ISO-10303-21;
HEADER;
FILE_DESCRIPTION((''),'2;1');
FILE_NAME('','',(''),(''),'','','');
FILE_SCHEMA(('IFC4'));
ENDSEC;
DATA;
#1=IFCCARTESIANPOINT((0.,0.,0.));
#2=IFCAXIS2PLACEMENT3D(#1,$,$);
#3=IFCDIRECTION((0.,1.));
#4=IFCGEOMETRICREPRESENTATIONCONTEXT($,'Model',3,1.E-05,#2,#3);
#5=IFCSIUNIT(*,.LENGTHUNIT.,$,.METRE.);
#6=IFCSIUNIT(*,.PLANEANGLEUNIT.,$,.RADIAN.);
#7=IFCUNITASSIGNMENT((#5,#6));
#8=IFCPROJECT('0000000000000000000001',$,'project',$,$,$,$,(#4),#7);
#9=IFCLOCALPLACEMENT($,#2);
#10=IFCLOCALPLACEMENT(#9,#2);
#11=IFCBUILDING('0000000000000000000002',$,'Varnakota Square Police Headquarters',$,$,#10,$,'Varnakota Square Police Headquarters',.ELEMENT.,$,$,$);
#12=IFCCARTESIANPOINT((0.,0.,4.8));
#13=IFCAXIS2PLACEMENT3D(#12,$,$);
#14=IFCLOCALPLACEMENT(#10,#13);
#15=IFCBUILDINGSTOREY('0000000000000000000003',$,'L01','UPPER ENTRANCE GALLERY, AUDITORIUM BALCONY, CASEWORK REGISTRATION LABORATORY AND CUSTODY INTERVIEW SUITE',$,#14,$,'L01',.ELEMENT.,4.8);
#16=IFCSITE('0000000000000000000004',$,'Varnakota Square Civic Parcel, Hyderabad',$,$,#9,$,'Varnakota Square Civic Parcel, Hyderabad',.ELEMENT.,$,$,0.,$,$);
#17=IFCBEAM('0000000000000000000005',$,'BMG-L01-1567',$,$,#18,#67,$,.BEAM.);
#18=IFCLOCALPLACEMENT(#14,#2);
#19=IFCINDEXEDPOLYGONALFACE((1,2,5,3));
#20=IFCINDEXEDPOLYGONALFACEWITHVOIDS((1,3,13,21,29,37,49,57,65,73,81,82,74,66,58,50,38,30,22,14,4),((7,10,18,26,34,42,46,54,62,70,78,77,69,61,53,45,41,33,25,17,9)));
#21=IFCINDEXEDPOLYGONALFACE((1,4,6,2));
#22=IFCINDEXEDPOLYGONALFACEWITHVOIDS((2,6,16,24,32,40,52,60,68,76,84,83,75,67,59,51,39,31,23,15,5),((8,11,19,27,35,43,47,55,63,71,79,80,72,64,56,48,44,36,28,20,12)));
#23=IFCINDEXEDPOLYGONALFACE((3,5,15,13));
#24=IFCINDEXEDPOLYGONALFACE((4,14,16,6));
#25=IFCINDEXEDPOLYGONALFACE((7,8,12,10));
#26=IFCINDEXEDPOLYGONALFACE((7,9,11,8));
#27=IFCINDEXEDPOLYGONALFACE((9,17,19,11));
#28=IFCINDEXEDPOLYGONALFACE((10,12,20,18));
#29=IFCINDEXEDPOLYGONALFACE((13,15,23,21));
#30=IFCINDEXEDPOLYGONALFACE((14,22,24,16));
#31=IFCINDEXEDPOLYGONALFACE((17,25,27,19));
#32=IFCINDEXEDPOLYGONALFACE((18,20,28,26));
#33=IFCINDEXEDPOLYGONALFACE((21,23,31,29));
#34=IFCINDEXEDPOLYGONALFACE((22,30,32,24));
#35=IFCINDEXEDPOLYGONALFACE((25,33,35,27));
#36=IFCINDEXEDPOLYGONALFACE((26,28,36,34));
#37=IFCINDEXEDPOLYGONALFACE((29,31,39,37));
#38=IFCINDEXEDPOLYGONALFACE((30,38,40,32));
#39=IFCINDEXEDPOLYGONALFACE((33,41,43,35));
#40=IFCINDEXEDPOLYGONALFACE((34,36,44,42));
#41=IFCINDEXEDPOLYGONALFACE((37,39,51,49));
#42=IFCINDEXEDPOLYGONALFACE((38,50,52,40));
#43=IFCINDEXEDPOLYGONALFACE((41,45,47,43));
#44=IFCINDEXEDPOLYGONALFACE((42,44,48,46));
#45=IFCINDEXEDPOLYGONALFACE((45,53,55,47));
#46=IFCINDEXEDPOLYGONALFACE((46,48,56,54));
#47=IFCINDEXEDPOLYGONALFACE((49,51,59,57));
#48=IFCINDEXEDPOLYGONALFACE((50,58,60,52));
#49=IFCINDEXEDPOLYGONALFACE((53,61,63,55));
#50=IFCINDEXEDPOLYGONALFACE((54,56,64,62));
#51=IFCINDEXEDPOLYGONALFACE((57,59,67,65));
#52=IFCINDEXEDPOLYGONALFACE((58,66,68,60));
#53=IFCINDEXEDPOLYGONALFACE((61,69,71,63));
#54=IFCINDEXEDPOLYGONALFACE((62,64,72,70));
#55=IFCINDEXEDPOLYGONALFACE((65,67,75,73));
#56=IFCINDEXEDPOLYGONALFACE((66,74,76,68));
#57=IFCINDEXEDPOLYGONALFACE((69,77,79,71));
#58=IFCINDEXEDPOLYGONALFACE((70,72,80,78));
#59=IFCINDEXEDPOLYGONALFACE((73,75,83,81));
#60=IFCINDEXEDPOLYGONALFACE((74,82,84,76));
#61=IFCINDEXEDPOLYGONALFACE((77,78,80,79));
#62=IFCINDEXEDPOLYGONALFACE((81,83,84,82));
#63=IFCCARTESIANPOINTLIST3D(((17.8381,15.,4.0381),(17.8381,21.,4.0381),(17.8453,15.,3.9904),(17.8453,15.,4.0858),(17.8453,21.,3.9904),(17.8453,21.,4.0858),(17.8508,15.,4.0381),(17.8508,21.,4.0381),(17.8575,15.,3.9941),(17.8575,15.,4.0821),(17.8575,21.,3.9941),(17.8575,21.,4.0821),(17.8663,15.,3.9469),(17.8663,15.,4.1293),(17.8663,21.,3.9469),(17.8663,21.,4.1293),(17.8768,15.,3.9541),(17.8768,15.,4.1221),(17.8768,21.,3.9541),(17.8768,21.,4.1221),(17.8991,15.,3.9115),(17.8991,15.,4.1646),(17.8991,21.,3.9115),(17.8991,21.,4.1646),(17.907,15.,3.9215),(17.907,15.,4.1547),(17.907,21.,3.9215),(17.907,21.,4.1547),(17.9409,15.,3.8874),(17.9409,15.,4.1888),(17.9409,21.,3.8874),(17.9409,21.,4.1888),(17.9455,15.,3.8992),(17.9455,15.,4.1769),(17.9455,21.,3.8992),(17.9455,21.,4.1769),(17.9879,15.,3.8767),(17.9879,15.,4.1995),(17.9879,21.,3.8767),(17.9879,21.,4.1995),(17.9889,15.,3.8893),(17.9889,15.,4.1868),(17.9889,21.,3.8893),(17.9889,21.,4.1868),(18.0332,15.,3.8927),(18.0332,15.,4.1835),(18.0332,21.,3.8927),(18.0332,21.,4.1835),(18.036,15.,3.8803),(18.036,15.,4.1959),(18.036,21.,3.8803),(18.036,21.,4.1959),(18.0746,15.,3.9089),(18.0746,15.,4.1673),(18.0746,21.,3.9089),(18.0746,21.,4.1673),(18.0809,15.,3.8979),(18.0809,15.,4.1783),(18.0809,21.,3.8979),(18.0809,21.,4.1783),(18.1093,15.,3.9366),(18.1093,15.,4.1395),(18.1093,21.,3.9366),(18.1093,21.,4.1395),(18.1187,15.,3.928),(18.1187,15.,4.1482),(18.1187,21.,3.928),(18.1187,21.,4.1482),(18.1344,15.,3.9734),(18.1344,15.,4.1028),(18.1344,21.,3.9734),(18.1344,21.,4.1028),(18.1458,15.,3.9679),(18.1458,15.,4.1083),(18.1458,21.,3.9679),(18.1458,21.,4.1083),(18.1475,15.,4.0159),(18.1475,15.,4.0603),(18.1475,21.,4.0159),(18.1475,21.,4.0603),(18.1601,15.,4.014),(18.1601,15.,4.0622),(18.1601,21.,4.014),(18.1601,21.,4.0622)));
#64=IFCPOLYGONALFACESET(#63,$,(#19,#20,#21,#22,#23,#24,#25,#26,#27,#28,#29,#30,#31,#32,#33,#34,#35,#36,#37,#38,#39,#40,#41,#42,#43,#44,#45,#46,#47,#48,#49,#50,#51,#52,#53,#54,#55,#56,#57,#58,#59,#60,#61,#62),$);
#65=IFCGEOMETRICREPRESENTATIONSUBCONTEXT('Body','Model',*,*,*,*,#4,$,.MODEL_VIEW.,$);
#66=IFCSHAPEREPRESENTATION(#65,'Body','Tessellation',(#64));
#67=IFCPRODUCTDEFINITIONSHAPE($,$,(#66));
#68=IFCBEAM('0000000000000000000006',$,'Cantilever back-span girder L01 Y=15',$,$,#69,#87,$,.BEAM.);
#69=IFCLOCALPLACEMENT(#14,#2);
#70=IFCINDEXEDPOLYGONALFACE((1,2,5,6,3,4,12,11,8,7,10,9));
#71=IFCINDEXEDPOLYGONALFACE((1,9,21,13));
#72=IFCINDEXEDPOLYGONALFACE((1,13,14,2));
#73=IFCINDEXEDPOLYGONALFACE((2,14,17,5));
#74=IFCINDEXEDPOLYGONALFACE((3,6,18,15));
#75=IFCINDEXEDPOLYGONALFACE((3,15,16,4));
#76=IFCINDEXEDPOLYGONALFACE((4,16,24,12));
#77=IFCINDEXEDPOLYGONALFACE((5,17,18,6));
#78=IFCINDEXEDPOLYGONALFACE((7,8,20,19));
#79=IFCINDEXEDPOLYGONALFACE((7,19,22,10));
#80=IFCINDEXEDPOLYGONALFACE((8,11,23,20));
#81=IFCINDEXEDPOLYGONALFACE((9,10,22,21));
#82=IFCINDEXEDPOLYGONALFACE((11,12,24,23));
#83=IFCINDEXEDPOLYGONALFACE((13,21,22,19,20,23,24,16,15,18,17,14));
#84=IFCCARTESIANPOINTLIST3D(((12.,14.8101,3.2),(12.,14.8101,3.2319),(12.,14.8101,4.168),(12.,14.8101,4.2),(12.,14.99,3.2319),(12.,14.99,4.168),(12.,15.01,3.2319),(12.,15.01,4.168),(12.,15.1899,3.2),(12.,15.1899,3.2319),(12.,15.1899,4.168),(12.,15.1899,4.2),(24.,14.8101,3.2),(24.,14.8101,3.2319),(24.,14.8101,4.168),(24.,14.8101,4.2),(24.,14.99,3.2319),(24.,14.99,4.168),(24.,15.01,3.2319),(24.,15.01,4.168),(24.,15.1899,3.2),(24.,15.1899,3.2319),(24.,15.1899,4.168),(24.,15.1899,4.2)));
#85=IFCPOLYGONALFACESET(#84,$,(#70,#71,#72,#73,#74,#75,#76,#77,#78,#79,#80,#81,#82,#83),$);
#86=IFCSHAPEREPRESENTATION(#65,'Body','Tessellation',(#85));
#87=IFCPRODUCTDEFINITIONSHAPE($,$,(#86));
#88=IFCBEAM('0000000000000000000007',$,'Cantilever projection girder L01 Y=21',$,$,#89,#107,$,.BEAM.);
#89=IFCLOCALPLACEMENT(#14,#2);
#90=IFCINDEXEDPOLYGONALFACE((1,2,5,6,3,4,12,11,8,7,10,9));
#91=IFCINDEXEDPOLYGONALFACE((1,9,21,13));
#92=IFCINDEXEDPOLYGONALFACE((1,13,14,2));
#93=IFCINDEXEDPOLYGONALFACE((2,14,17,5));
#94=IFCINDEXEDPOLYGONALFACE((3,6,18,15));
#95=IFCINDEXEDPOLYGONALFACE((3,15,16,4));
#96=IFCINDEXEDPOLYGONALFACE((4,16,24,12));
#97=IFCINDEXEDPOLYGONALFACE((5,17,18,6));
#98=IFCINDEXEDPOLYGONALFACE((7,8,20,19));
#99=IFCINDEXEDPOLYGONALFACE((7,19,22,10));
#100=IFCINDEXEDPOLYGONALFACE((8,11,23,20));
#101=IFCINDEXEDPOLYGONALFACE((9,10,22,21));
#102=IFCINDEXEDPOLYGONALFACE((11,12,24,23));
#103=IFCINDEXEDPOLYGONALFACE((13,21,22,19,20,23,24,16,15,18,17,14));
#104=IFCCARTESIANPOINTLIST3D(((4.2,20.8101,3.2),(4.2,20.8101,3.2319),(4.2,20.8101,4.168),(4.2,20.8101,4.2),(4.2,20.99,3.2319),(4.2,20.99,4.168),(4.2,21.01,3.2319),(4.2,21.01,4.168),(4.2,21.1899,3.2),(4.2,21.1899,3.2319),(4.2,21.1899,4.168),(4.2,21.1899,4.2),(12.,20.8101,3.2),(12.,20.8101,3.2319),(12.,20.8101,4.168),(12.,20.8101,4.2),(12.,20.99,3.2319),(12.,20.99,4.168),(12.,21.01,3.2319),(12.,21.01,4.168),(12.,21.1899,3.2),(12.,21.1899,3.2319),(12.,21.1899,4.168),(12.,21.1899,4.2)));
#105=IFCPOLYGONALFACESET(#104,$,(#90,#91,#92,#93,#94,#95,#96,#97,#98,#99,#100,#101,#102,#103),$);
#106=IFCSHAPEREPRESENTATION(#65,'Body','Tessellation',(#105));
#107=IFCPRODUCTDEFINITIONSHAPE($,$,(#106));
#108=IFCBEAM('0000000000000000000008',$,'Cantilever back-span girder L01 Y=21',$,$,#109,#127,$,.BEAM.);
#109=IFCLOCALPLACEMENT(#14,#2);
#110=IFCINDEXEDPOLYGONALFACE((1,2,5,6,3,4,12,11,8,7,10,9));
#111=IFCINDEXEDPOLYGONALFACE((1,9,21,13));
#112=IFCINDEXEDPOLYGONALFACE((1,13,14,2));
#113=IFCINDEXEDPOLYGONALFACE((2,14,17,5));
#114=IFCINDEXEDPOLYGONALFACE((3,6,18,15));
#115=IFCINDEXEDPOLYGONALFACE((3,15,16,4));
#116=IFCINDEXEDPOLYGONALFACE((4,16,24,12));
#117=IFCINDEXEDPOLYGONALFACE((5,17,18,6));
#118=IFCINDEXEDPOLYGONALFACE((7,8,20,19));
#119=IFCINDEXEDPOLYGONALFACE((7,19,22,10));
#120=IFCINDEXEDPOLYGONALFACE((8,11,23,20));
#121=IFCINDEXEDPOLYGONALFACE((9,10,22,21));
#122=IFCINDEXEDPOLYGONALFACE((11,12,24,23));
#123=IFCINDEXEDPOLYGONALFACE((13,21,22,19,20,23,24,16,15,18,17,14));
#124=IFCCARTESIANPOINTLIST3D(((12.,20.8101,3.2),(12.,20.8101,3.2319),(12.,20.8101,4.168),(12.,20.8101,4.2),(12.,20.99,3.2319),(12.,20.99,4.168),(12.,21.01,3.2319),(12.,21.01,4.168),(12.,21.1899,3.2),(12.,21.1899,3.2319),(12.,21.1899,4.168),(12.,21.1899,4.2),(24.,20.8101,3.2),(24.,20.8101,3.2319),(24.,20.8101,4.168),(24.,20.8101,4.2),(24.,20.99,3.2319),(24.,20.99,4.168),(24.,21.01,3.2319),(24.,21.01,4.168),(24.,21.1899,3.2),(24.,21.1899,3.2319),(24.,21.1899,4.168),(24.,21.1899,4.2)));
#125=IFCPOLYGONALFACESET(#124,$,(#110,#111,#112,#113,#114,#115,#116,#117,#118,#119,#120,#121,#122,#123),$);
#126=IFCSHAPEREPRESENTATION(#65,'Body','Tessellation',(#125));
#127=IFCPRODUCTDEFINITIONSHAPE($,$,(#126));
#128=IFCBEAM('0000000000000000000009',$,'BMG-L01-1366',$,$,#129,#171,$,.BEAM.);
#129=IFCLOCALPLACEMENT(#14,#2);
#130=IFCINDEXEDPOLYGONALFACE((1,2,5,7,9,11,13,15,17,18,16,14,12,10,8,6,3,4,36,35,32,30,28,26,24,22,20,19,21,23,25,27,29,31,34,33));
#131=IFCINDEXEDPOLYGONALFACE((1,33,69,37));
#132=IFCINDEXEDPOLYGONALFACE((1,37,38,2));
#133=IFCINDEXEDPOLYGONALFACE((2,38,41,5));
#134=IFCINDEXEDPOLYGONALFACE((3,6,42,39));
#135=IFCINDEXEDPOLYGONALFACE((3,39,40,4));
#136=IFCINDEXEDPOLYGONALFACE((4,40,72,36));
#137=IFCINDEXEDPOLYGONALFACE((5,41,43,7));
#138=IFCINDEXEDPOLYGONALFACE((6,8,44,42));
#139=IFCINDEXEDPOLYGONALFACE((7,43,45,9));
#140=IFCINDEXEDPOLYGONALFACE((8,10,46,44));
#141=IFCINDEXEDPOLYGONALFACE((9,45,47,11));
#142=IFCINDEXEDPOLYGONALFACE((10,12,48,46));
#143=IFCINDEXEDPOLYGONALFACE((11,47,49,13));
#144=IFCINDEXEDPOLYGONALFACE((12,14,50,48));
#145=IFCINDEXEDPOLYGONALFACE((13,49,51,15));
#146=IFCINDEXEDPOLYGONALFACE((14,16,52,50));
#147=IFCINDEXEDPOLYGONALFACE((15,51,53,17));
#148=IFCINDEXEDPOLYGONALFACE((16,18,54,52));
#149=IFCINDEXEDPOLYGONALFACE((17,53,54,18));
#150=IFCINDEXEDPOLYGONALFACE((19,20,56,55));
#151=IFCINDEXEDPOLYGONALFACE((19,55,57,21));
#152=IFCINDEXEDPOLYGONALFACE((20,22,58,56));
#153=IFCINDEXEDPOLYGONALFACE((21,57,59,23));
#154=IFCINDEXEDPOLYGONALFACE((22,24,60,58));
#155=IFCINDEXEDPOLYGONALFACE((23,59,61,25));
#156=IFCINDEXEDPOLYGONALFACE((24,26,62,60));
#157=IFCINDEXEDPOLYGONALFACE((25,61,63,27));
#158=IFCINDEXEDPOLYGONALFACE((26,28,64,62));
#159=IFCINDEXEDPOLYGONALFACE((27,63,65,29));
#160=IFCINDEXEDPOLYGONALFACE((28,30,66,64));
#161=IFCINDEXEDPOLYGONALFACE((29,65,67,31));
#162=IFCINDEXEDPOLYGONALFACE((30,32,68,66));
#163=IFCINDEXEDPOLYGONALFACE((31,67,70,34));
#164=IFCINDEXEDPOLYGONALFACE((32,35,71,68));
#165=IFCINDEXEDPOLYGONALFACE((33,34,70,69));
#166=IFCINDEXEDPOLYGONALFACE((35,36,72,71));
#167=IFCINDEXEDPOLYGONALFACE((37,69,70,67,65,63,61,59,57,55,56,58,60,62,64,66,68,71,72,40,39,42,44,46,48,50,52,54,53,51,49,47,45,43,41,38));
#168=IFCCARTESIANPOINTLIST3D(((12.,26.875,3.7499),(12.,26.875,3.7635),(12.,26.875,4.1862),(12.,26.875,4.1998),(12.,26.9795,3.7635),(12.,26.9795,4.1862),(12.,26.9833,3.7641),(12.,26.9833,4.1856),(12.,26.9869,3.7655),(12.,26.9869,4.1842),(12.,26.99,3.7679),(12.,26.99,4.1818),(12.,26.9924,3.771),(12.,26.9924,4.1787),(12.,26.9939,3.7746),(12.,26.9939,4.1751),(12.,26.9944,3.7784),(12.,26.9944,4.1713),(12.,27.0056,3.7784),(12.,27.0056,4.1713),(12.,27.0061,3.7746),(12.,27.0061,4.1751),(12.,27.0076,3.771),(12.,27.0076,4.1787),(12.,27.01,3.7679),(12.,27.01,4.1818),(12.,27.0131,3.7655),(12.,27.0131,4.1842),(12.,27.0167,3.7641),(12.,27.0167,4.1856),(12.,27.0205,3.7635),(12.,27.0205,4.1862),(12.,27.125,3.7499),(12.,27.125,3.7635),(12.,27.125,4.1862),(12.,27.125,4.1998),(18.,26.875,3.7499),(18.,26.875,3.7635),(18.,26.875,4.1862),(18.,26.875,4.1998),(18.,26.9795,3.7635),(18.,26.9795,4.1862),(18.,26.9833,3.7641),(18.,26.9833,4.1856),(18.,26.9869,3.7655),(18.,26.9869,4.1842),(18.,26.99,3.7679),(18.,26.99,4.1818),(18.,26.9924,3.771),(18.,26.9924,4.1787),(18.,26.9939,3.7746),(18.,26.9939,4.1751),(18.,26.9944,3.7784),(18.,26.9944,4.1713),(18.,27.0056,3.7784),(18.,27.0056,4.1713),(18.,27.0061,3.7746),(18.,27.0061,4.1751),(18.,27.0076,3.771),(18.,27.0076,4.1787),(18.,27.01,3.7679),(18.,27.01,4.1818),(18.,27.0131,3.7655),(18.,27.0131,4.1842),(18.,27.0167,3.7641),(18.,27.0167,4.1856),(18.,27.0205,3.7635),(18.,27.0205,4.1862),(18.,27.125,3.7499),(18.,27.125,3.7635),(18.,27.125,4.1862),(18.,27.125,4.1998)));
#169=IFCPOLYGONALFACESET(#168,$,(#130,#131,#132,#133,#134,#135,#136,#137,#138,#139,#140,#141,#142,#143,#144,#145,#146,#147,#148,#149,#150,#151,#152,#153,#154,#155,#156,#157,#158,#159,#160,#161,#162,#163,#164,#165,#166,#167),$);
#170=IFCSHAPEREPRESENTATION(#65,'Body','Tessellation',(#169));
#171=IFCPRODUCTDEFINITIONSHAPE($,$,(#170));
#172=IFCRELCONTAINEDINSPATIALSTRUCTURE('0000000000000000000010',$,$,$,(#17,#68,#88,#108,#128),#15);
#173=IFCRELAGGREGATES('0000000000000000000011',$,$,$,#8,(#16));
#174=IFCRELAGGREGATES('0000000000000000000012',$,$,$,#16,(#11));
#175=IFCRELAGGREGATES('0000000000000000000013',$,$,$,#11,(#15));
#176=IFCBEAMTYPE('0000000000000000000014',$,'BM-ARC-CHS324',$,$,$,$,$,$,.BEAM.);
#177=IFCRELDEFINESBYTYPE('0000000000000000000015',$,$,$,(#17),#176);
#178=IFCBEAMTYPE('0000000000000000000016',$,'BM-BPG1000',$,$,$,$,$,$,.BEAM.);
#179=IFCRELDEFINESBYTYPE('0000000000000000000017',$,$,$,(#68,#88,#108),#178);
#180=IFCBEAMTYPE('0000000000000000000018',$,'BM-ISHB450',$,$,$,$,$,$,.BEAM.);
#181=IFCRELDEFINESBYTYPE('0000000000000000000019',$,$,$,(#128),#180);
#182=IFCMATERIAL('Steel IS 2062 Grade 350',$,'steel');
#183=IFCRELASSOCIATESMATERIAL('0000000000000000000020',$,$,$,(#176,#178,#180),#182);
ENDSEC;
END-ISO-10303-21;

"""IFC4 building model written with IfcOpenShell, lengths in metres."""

from ifc_helpers import new_model, si_unit, direction, frame, origin, origin_2d, place, context, subcontext, project, spatial, hollow_circle, i_section, extrude, material, material_profile, profile_set, type_object, element, save


model = new_model("IFC4")

# Units and contexts
model_context = context("Model", 3, precision=1e-05, world=origin(), true_north=direction((0.0, 1.0)))
body_context = subcontext(model_context, "Body", "Model", "MODEL_VIEW")
ifc_project = project(units=[si_unit("LENGTHUNIT", "METRE"), si_unit("PLANEANGLEUNIT", "RADIAN")], contexts=[model_context])

# Site, building, storey
site_placement = place(None, origin())
site = spatial("IfcSite", under=ifc_project, at=site_placement, Name="Varnakota Square Civic Parcel, Hyderabad", LongName="Varnakota Square Civic Parcel, Hyderabad", CompositionType="ELEMENT", RefElevation=0.0)
building_placement = place(site_placement, origin())
building = spatial("IfcBuilding", under=site, at=building_placement, Name="Varnakota Square Police Headquarters", LongName="Varnakota Square Police Headquarters", CompositionType="ELEMENT")
storey_placement = place(building_placement, frame((0.0, 0.0, 4.8)))
storey = spatial("IfcBuildingStorey", under=building, at=storey_placement, Name="L01", Description="UPPER ENTRANCE GALLERY, AUDITORIUM BALCONY, CASEWORK REGISTRATION LABORATORY AND CUSTODY INTERVIEW SUITE", LongName="L01", CompositionType="ELEMENT", Elevation=4.8)

# Shared definitions
ifc_material_1 = material(Name="Steel IS 2062 Grade 350", Category="steel")

# Beams
ifc_material_profile_1 = material_profile(ifc_material_1, hollow_circle(Radius=0.1619, WallThickness=0.0127, at=origin_2d()), Name="CHS 323.9x12.7")
ifc_profile_set_1 = profile_set([ifc_material_profile_1], Name="Steel IS 2062 Grade 350")
beam_type_1 = type_object("IfcBeamType", Name="BM-ARC-CHS324", PredefinedType="BEAM", material=ifc_profile_set_1)
for number, where, z_axis, x_axis, name in (
    (1, (18.0, 15.0, 4.0381), (0.0, 1.0, 0.0), (-1.0, 0.0, 0.0), "BMG-L01-1567"),
):
    element("IfcBeam", number, at=place(storey_placement, frame(where, z_axis=z_axis, x_axis=x_axis)), inside=storey, type_object=beam_type_1, Name=name, PredefinedType="BEAM", context=body_context, shape_type="SweptSolid", body=[
        extrude(hollow_circle(Radius=0.1619, WallThickness=0.0127, at=origin_2d()), origin(), (0.0, 0.0, 1.0), 6.0),
    ])
ifc_material_profile_2 = material_profile(ifc_material_1, i_section(OverallWidth=0.3799, OverallDepth=1.0, WebThickness=0.02, FlangeThickness=0.032, at=origin_2d()), Name="BPG 1000x380")
ifc_profile_set_2 = profile_set([ifc_material_profile_2], Name="Steel IS 2062 Grade 350")
beam_type_2 = type_object("IfcBeamType", Name="BM-BPG1000", PredefinedType="BEAM", material=ifc_profile_set_2)
beam_1_placement = place(storey_placement, frame((12.0, 15.0, 3.7), z_axis=(1.0, 0.0, 0.0), x_axis=(0.0, 1.0, 0.0)))
element("IfcBeam", 2, at=beam_1_placement, inside=storey, type_object=beam_type_2, Name="Cantilever back-span girder L01 Y=15", PredefinedType="BEAM", context=body_context, shape_type="SweptSolid", body=[
    extrude(i_section(OverallWidth=0.3799, OverallDepth=1.0, WebThickness=0.02, FlangeThickness=0.032, at=origin_2d()), origin(), (0.0, 0.0, 1.0), 12.0),
])
beam_2_placement = place(storey_placement, frame((4.2, 21.0, 3.7), z_axis=(1.0, 0.0, 0.0), x_axis=(0.0, 1.0, 0.0)))
element("IfcBeam", 3, at=beam_2_placement, inside=storey, type_object=beam_type_2, Name="Cantilever projection girder L01 Y=21", PredefinedType="BEAM", context=body_context, shape_type="SweptSolid", body=[
    extrude(i_section(OverallWidth=0.3799, OverallDepth=1.0, WebThickness=0.02, FlangeThickness=0.032, at=origin_2d()), origin(), (0.0, 0.0, 1.0), 7.8),
])
beam_3_placement = place(storey_placement, frame((12.0, 21.0, 3.7), z_axis=(1.0, 0.0, 0.0), x_axis=(0.0, 1.0, 0.0)))
element("IfcBeam", 4, at=beam_3_placement, inside=storey, type_object=beam_type_2, Name="Cantilever back-span girder L01 Y=21", PredefinedType="BEAM", context=body_context, shape_type="SweptSolid", body=[
    extrude(i_section(OverallWidth=0.3799, OverallDepth=1.0, WebThickness=0.02, FlangeThickness=0.032, at=origin_2d()), origin(), (0.0, 0.0, 1.0), 12.0),
])
ifc_material_profile_3 = material_profile(ifc_material_1, i_section(OverallWidth=0.25, OverallDepth=0.45, WebThickness=0.0112, FlangeThickness=0.0137, FilletRadius=0.0149, at=origin_2d()), Name="ISHB 450")
ifc_profile_set_3 = profile_set([ifc_material_profile_3], Name="Steel IS 2062 Grade 350")
beam_type_3 = type_object("IfcBeamType", Name="BM-ISHB450", PredefinedType="BEAM", material=ifc_profile_set_3)
beam_4_placement = place(storey_placement, frame((12.0, 27.0, 3.9749), z_axis=(1.0, 0.0, 0.0), x_axis=(0.0, 1.0, 0.0)))
element("IfcBeam", 5, at=beam_4_placement, inside=storey, type_object=beam_type_3, Name="BMG-L01-1366", PredefinedType="BEAM", context=body_context, shape_type="SweptSolid", body=[
    extrude(i_section(OverallWidth=0.25, OverallDepth=0.45, WebThickness=0.0112, FlangeThickness=0.0137, FilletRadius=0.0149, at=origin_2d()), origin(), (0.0, 0.0, 1.0), 6.0),
])

save(model, "model.ifc")
